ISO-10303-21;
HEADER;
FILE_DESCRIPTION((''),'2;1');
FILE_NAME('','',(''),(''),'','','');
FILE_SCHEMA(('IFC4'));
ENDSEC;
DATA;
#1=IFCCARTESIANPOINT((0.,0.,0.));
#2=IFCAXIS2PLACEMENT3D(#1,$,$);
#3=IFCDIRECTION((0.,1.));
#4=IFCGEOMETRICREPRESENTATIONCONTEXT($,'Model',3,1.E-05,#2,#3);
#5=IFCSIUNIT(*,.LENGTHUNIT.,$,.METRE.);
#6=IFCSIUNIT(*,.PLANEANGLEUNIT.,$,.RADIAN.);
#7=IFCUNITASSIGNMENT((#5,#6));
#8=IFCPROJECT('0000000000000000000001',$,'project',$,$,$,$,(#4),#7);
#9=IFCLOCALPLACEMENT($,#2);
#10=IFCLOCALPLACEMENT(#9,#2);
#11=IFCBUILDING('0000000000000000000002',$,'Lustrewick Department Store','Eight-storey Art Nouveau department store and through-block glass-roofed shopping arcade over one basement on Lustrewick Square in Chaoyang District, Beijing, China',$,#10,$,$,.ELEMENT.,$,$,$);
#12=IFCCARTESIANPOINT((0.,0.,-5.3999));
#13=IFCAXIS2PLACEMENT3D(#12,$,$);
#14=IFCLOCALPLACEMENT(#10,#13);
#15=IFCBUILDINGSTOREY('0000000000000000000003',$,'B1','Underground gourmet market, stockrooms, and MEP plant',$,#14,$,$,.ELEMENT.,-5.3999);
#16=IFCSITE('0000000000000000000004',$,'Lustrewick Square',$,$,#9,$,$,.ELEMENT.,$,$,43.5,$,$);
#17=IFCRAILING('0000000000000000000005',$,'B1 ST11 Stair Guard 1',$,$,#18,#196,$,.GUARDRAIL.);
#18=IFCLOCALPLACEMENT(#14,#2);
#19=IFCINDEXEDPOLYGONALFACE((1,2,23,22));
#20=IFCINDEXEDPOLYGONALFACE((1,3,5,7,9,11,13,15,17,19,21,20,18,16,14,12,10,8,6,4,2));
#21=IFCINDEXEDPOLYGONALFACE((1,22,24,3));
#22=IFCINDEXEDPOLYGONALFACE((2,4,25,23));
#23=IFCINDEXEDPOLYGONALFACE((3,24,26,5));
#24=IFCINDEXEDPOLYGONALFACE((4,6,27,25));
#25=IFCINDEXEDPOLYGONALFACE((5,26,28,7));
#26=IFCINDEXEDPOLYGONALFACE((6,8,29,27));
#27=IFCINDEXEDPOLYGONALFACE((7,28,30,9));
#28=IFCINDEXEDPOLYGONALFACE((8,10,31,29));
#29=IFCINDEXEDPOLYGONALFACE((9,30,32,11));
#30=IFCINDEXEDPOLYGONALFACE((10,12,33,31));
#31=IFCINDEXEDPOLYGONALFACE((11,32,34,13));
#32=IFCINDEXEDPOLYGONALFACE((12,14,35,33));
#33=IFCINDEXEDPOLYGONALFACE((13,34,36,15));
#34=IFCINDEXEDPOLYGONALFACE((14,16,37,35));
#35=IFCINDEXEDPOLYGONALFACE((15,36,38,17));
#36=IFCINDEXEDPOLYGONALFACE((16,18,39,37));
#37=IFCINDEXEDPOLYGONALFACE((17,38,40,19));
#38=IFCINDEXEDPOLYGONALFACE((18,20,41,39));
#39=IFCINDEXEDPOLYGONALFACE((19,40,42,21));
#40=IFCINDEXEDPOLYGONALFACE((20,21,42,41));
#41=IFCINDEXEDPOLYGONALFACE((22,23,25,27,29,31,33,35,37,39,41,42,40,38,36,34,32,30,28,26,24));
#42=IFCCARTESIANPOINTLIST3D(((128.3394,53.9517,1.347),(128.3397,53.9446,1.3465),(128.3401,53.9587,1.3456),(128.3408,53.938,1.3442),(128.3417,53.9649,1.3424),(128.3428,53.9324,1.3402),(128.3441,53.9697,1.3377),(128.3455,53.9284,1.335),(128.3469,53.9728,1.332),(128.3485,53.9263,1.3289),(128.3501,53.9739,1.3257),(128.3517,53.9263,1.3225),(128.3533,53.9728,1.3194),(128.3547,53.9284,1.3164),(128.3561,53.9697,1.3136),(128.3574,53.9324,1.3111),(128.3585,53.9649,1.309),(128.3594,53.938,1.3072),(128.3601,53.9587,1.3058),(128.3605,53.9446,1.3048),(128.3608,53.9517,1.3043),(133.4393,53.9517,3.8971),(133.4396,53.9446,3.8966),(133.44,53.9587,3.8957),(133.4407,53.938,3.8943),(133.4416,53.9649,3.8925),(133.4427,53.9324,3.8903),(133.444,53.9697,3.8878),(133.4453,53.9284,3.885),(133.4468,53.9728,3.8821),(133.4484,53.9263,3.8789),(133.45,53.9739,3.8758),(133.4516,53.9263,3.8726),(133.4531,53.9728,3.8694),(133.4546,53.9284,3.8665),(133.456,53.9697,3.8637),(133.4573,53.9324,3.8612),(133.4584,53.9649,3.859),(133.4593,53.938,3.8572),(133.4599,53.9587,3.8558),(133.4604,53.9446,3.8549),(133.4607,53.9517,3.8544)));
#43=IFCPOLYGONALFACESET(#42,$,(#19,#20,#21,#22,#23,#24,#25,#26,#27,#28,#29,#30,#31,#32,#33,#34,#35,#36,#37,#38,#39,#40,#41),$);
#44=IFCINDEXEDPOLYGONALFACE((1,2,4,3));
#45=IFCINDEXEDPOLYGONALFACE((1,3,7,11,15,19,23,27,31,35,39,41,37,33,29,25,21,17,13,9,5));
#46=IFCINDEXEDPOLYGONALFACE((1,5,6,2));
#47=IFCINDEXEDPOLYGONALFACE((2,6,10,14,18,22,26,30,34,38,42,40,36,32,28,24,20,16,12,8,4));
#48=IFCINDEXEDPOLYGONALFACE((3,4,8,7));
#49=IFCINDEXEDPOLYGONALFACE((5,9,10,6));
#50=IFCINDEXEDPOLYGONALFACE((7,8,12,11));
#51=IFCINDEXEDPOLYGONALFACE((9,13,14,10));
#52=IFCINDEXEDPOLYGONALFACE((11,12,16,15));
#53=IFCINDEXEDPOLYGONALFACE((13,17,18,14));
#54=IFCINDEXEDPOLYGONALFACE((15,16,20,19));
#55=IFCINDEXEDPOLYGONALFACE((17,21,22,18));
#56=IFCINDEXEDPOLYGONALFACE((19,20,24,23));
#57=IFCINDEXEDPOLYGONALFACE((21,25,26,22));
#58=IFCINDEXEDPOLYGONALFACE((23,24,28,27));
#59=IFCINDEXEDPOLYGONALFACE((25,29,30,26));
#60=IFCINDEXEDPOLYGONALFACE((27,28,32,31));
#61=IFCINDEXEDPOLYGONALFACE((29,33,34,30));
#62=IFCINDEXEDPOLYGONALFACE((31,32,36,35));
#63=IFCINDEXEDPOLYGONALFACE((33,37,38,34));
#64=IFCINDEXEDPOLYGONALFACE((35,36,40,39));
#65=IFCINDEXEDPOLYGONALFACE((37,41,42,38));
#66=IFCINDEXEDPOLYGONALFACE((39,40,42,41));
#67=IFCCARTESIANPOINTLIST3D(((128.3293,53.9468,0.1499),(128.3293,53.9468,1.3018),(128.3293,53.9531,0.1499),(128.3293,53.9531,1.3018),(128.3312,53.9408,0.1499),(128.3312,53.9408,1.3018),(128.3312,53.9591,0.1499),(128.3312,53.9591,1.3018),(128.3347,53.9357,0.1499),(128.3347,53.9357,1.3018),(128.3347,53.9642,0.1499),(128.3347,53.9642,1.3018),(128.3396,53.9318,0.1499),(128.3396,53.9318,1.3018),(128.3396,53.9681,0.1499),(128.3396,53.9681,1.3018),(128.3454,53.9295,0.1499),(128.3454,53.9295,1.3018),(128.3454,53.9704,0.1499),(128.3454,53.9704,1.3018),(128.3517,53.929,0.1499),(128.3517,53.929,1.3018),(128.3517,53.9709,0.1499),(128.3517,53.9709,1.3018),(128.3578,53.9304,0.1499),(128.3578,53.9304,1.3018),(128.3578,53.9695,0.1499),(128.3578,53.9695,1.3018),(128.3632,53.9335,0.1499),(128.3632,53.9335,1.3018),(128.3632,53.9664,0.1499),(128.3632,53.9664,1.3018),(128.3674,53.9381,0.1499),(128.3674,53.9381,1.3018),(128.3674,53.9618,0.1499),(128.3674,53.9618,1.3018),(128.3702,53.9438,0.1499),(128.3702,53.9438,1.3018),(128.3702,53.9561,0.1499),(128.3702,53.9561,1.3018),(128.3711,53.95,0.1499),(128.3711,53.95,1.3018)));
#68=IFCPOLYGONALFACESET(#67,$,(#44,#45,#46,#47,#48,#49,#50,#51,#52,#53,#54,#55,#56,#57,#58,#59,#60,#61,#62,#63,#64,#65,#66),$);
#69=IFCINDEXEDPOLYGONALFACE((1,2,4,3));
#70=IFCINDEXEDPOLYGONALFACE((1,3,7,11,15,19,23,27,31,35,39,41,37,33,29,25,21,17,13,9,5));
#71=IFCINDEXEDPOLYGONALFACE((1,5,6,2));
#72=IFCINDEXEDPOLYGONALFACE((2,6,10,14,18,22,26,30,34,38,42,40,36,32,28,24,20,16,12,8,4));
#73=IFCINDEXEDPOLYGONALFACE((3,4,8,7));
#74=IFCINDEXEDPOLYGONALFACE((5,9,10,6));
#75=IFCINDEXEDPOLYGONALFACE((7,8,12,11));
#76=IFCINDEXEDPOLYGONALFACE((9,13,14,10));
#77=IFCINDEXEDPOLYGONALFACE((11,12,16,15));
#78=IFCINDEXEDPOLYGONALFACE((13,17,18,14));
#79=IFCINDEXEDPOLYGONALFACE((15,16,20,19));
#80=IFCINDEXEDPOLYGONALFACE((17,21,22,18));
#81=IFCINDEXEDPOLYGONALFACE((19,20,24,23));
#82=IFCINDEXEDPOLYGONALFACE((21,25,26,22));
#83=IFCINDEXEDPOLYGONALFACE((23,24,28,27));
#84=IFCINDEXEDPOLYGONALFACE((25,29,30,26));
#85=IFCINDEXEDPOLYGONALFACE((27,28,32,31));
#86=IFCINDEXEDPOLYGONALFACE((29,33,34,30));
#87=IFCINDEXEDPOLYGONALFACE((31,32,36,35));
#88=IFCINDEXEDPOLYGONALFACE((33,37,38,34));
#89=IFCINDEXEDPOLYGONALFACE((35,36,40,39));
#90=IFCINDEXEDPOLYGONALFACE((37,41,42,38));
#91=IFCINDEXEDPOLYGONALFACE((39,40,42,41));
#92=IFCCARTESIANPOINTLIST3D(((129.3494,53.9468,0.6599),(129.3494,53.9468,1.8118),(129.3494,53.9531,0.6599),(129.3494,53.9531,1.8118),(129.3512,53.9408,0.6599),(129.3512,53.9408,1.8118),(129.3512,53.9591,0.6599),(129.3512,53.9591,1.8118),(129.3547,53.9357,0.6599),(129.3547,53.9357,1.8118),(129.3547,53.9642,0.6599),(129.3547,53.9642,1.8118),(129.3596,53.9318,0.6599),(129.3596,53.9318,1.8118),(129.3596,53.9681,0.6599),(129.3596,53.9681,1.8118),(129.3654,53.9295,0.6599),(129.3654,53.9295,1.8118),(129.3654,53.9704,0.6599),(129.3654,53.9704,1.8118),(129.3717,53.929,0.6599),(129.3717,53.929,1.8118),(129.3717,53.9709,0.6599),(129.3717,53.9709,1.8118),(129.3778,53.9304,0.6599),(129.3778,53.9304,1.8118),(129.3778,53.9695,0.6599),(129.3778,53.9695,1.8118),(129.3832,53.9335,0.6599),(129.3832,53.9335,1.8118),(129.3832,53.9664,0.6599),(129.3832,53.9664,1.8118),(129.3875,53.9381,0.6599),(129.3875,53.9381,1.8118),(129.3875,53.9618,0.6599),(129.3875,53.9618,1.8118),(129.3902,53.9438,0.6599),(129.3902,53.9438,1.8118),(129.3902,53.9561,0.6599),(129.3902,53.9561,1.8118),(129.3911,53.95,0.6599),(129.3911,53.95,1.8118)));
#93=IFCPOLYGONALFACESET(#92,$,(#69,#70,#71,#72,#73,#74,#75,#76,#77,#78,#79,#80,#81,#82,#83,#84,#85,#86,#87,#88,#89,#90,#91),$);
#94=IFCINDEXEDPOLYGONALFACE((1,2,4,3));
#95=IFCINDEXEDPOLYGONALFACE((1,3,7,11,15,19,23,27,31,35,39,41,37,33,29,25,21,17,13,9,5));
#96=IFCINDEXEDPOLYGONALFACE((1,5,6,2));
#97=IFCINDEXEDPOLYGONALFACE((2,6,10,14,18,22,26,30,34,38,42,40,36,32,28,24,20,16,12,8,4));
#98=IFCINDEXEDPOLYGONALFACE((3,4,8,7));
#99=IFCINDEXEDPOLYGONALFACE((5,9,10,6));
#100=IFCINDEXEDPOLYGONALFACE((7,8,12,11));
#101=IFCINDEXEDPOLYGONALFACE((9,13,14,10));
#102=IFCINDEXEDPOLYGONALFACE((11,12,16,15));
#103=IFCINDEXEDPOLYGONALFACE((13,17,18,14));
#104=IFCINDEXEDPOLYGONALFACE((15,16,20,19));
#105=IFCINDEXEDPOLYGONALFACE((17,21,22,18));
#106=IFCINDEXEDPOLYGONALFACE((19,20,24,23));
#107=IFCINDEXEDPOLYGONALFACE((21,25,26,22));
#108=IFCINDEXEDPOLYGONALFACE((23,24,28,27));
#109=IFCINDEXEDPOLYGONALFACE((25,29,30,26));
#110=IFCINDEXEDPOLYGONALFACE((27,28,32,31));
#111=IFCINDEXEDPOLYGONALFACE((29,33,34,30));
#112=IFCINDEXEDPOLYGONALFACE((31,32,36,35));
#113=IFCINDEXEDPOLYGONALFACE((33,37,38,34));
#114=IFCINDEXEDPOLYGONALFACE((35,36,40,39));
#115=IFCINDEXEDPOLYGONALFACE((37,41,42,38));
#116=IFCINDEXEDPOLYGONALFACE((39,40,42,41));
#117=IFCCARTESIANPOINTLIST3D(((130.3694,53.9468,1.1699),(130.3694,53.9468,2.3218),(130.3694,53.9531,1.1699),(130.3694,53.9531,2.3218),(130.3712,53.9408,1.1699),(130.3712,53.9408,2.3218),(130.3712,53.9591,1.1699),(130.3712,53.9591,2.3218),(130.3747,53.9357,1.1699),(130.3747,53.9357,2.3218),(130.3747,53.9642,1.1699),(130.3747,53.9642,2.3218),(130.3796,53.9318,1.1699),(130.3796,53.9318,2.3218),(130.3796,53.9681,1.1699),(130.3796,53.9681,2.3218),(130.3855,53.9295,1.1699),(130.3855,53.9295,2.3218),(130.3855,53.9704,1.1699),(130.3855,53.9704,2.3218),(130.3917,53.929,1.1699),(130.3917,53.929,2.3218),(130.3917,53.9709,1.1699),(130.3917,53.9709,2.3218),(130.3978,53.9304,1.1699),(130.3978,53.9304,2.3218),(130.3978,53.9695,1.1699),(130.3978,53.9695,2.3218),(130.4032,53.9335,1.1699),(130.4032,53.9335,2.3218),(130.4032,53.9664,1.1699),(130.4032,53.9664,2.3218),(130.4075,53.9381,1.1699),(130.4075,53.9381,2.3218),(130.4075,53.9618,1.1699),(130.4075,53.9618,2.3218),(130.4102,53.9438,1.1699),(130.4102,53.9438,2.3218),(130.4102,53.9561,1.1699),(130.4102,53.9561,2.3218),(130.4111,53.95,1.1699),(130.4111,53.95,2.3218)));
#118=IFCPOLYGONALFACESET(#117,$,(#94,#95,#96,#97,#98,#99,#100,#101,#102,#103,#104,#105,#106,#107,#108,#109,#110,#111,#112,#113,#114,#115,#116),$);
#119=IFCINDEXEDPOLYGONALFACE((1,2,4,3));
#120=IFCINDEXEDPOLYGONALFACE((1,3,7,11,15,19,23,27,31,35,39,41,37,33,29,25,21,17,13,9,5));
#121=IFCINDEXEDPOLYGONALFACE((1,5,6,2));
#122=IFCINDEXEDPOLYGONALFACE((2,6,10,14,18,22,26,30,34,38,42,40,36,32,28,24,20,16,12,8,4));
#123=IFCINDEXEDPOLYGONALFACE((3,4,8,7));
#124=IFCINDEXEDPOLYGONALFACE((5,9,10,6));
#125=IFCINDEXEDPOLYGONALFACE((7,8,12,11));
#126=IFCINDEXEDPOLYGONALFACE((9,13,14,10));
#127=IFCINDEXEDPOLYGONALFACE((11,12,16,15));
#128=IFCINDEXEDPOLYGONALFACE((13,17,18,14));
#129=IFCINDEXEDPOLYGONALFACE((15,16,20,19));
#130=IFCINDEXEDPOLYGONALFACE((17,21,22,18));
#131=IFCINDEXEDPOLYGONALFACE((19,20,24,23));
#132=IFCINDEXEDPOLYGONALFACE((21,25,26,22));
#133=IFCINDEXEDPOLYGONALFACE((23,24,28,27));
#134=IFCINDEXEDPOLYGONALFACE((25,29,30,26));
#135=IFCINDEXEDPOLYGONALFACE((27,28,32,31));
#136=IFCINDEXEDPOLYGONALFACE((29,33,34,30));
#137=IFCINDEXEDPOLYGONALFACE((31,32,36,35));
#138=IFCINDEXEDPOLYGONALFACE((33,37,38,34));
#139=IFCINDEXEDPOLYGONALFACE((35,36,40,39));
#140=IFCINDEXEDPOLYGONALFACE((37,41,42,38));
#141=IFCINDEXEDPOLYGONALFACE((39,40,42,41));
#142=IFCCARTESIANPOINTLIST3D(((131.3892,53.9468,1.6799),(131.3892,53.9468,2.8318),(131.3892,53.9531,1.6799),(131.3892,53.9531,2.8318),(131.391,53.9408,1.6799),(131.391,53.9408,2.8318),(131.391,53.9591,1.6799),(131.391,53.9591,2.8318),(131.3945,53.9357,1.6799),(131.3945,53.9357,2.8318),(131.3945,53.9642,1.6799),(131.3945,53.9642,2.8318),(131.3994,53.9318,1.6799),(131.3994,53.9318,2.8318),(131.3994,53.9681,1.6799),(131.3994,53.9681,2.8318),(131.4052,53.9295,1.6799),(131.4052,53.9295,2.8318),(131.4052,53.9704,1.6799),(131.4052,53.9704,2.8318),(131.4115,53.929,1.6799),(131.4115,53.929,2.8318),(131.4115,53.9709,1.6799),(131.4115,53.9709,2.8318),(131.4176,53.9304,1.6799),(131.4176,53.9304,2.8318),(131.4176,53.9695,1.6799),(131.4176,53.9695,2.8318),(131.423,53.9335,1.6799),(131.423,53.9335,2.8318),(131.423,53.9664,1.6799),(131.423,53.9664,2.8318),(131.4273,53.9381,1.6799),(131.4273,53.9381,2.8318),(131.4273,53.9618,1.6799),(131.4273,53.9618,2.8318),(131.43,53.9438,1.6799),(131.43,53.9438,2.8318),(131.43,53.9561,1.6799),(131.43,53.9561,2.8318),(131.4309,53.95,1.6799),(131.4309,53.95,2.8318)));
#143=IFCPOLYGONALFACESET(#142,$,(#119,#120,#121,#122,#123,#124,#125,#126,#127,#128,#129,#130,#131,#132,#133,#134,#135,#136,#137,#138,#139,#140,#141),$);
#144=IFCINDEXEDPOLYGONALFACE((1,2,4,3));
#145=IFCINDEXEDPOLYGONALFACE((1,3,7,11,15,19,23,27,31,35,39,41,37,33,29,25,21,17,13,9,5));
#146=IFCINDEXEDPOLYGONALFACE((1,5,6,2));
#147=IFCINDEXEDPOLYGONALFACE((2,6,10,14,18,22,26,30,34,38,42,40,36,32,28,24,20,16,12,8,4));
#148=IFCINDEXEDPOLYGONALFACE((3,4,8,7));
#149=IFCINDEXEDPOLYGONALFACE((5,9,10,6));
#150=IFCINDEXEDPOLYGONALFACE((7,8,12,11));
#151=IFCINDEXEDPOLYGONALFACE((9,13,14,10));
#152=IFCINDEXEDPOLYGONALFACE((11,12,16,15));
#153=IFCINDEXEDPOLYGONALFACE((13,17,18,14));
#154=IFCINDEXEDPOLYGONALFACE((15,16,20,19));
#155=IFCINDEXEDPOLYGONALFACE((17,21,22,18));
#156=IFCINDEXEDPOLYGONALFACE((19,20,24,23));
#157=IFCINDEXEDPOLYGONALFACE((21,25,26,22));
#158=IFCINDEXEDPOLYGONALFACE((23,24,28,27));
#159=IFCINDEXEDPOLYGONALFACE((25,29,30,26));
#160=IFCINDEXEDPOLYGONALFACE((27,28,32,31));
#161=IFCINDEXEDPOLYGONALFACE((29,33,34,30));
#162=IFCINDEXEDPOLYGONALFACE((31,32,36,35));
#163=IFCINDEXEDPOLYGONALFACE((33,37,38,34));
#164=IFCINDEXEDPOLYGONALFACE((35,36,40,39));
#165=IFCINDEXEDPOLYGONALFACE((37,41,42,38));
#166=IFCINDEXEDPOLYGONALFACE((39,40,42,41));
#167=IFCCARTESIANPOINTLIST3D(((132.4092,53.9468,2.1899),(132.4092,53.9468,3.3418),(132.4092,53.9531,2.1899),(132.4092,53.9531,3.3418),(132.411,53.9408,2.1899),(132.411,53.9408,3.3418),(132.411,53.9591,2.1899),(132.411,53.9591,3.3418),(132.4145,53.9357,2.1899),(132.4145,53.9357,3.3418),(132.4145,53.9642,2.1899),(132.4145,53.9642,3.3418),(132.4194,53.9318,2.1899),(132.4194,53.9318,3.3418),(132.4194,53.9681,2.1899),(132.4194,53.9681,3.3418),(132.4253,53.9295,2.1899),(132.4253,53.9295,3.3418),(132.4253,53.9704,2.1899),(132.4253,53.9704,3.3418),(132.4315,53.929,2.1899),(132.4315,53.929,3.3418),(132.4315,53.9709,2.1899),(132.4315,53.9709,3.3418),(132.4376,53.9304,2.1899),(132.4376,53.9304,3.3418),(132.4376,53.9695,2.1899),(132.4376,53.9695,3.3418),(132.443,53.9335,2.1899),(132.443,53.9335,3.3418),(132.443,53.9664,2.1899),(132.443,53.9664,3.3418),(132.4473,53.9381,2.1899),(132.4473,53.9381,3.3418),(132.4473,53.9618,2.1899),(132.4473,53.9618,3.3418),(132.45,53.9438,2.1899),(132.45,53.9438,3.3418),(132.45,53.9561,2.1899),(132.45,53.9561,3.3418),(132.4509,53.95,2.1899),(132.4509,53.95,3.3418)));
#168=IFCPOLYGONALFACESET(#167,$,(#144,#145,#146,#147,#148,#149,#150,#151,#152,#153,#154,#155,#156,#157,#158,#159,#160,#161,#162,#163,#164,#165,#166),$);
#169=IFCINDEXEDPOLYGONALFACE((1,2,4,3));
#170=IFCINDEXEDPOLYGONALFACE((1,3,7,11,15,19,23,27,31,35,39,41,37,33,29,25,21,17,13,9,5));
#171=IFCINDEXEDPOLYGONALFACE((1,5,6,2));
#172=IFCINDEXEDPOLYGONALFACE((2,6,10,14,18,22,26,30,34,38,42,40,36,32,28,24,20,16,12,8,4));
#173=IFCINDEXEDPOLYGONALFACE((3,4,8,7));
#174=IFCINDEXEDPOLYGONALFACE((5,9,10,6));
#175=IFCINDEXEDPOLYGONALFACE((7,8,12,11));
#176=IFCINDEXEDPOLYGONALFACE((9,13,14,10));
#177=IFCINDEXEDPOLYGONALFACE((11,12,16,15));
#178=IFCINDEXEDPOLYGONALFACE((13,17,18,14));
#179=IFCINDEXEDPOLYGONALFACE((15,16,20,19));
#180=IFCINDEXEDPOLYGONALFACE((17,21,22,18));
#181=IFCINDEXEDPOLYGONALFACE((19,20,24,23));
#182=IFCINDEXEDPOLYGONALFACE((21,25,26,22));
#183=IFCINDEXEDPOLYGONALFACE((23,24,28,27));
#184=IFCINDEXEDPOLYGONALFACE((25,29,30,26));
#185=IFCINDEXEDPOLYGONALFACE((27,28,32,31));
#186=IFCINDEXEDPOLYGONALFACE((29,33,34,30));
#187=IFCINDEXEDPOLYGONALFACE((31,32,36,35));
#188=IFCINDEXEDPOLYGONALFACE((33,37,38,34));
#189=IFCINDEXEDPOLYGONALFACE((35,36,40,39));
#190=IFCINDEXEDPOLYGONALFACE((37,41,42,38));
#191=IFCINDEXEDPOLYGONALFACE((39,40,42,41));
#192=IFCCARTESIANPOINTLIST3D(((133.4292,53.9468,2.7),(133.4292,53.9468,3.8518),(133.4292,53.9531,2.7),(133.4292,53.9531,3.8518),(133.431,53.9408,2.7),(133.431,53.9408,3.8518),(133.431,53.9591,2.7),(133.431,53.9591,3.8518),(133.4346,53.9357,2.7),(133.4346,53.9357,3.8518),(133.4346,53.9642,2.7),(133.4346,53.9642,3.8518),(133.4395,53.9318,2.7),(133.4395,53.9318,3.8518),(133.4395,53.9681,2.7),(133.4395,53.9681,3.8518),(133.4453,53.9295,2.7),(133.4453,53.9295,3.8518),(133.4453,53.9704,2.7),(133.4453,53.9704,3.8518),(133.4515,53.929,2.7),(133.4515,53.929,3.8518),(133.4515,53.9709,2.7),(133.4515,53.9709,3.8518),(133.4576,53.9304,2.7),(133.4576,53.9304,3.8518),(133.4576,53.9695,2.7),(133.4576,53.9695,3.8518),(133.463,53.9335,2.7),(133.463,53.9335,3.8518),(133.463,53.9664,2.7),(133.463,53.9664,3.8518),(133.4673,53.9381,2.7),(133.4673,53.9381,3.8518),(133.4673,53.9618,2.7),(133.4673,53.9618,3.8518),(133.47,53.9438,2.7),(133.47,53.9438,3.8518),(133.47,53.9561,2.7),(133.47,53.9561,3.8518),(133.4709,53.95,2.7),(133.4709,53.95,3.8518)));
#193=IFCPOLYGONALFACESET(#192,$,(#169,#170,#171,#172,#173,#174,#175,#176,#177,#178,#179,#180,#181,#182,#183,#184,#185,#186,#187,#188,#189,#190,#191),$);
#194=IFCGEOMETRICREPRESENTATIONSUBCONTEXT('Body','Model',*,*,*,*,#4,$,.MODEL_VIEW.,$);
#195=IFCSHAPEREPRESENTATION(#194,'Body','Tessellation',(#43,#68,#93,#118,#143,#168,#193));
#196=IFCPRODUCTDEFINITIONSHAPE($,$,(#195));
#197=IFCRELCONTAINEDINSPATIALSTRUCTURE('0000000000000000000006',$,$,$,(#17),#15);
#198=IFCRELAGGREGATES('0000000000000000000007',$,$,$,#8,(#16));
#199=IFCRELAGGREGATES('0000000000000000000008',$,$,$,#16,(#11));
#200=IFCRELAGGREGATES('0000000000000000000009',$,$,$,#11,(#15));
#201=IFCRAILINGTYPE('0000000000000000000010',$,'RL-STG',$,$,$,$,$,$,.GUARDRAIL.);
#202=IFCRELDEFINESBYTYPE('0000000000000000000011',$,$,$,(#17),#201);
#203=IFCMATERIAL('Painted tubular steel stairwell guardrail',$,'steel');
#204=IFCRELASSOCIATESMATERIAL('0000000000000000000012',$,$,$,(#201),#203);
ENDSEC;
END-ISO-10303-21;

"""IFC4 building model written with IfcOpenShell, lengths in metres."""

from ifc_helpers import new_model, si_unit, direction, frame, origin, origin_2d, place, context, subcontext, project, spatial, circle, extrude, material, type_object, element, save


model = new_model("IFC4")

# Units and contexts
model_context = context("Model", 3, precision=1e-05, world=origin(), true_north=direction((0.0, 1.0)))
body_context = subcontext(model_context, "Body", "Model", "MODEL_VIEW")
ifc_project = project(units=[si_unit("LENGTHUNIT", "METRE"), si_unit("PLANEANGLEUNIT", "RADIAN")], contexts=[model_context])

# Site, building, storey
site_placement = place(None, origin())
site = spatial("IfcSite", under=ifc_project, at=site_placement, Name="Lustrewick Square", CompositionType="ELEMENT", RefElevation=43.5)
building_placement = place(site_placement, origin())
building = spatial("IfcBuilding", under=site, at=building_placement, Name="Lustrewick Department Store", Description="Eight-storey Art Nouveau department store and through-block glass-roofed shopping arcade over one basement on Lustrewick Square in Chaoyang District, Beijing, China", CompositionType="ELEMENT")
storey_placement = place(building_placement, frame((0.0, 0.0, -5.3999)))
storey = spatial("IfcBuildingStorey", under=building, at=storey_placement, Name="B1", Description="Underground gourmet market, stockrooms, and MEP plant", CompositionType="ELEMENT", Elevation=-5.3999)

# Railing
ifc_material_1 = material(Name="Painted tubular steel stairwell guardrail", Category="steel")
railing_type_1 = type_object("IfcRailingType", Name="RL-STG", PredefinedType="GUARDRAIL", material=ifc_material_1)
railing_1_placement = place(storey_placement, frame((128.3501, 53.95, 0.1499)))
element("IfcRailing", 1, at=railing_1_placement, inside=storey, type_object=railing_type_1, Name="B1 ST11 Stair Guard 1", PredefinedType="GUARDRAIL", context=body_context, shape_type="SweptSolid", body=[
    extrude(circle(Radius=0.0239, at=origin_2d()), frame((0.0, 0.0, 1.1758), z_axis=(0.894419, 0.0, 0.447231), x_axis=(0.0, 1.0, 0.0)), (0.0, 0.0, 1.0), 5.7019),
    extrude(circle(Radius=0.021, at=origin_2d()), origin(), (0.0, 0.0, 1.0), 1.1519),
    extrude(circle(Radius=0.021, at=origin_2d()), frame((1.02, 0.0, 0.51)), (0.0, 0.0, 1.0), 1.1519),
    extrude(circle(Radius=0.021, at=origin_2d()), frame((2.04, 0.0, 1.02)), (0.0, 0.0, 1.0), 1.1519),
    extrude(circle(Radius=0.021, at=origin_2d()), frame((3.0598, 0.0, 1.53)), (0.0, 0.0, 1.0), 1.1519),
    extrude(circle(Radius=0.021, at=origin_2d()), frame((4.0798, 0.0, 2.04)), (0.0, 0.0, 1.0), 1.1519),
    extrude(circle(Radius=0.021, at=origin_2d()), frame((5.0999, 0.0, 2.55)), (0.0, 0.0, 1.0), 1.1519),
])

save(model, "model.ifc")
